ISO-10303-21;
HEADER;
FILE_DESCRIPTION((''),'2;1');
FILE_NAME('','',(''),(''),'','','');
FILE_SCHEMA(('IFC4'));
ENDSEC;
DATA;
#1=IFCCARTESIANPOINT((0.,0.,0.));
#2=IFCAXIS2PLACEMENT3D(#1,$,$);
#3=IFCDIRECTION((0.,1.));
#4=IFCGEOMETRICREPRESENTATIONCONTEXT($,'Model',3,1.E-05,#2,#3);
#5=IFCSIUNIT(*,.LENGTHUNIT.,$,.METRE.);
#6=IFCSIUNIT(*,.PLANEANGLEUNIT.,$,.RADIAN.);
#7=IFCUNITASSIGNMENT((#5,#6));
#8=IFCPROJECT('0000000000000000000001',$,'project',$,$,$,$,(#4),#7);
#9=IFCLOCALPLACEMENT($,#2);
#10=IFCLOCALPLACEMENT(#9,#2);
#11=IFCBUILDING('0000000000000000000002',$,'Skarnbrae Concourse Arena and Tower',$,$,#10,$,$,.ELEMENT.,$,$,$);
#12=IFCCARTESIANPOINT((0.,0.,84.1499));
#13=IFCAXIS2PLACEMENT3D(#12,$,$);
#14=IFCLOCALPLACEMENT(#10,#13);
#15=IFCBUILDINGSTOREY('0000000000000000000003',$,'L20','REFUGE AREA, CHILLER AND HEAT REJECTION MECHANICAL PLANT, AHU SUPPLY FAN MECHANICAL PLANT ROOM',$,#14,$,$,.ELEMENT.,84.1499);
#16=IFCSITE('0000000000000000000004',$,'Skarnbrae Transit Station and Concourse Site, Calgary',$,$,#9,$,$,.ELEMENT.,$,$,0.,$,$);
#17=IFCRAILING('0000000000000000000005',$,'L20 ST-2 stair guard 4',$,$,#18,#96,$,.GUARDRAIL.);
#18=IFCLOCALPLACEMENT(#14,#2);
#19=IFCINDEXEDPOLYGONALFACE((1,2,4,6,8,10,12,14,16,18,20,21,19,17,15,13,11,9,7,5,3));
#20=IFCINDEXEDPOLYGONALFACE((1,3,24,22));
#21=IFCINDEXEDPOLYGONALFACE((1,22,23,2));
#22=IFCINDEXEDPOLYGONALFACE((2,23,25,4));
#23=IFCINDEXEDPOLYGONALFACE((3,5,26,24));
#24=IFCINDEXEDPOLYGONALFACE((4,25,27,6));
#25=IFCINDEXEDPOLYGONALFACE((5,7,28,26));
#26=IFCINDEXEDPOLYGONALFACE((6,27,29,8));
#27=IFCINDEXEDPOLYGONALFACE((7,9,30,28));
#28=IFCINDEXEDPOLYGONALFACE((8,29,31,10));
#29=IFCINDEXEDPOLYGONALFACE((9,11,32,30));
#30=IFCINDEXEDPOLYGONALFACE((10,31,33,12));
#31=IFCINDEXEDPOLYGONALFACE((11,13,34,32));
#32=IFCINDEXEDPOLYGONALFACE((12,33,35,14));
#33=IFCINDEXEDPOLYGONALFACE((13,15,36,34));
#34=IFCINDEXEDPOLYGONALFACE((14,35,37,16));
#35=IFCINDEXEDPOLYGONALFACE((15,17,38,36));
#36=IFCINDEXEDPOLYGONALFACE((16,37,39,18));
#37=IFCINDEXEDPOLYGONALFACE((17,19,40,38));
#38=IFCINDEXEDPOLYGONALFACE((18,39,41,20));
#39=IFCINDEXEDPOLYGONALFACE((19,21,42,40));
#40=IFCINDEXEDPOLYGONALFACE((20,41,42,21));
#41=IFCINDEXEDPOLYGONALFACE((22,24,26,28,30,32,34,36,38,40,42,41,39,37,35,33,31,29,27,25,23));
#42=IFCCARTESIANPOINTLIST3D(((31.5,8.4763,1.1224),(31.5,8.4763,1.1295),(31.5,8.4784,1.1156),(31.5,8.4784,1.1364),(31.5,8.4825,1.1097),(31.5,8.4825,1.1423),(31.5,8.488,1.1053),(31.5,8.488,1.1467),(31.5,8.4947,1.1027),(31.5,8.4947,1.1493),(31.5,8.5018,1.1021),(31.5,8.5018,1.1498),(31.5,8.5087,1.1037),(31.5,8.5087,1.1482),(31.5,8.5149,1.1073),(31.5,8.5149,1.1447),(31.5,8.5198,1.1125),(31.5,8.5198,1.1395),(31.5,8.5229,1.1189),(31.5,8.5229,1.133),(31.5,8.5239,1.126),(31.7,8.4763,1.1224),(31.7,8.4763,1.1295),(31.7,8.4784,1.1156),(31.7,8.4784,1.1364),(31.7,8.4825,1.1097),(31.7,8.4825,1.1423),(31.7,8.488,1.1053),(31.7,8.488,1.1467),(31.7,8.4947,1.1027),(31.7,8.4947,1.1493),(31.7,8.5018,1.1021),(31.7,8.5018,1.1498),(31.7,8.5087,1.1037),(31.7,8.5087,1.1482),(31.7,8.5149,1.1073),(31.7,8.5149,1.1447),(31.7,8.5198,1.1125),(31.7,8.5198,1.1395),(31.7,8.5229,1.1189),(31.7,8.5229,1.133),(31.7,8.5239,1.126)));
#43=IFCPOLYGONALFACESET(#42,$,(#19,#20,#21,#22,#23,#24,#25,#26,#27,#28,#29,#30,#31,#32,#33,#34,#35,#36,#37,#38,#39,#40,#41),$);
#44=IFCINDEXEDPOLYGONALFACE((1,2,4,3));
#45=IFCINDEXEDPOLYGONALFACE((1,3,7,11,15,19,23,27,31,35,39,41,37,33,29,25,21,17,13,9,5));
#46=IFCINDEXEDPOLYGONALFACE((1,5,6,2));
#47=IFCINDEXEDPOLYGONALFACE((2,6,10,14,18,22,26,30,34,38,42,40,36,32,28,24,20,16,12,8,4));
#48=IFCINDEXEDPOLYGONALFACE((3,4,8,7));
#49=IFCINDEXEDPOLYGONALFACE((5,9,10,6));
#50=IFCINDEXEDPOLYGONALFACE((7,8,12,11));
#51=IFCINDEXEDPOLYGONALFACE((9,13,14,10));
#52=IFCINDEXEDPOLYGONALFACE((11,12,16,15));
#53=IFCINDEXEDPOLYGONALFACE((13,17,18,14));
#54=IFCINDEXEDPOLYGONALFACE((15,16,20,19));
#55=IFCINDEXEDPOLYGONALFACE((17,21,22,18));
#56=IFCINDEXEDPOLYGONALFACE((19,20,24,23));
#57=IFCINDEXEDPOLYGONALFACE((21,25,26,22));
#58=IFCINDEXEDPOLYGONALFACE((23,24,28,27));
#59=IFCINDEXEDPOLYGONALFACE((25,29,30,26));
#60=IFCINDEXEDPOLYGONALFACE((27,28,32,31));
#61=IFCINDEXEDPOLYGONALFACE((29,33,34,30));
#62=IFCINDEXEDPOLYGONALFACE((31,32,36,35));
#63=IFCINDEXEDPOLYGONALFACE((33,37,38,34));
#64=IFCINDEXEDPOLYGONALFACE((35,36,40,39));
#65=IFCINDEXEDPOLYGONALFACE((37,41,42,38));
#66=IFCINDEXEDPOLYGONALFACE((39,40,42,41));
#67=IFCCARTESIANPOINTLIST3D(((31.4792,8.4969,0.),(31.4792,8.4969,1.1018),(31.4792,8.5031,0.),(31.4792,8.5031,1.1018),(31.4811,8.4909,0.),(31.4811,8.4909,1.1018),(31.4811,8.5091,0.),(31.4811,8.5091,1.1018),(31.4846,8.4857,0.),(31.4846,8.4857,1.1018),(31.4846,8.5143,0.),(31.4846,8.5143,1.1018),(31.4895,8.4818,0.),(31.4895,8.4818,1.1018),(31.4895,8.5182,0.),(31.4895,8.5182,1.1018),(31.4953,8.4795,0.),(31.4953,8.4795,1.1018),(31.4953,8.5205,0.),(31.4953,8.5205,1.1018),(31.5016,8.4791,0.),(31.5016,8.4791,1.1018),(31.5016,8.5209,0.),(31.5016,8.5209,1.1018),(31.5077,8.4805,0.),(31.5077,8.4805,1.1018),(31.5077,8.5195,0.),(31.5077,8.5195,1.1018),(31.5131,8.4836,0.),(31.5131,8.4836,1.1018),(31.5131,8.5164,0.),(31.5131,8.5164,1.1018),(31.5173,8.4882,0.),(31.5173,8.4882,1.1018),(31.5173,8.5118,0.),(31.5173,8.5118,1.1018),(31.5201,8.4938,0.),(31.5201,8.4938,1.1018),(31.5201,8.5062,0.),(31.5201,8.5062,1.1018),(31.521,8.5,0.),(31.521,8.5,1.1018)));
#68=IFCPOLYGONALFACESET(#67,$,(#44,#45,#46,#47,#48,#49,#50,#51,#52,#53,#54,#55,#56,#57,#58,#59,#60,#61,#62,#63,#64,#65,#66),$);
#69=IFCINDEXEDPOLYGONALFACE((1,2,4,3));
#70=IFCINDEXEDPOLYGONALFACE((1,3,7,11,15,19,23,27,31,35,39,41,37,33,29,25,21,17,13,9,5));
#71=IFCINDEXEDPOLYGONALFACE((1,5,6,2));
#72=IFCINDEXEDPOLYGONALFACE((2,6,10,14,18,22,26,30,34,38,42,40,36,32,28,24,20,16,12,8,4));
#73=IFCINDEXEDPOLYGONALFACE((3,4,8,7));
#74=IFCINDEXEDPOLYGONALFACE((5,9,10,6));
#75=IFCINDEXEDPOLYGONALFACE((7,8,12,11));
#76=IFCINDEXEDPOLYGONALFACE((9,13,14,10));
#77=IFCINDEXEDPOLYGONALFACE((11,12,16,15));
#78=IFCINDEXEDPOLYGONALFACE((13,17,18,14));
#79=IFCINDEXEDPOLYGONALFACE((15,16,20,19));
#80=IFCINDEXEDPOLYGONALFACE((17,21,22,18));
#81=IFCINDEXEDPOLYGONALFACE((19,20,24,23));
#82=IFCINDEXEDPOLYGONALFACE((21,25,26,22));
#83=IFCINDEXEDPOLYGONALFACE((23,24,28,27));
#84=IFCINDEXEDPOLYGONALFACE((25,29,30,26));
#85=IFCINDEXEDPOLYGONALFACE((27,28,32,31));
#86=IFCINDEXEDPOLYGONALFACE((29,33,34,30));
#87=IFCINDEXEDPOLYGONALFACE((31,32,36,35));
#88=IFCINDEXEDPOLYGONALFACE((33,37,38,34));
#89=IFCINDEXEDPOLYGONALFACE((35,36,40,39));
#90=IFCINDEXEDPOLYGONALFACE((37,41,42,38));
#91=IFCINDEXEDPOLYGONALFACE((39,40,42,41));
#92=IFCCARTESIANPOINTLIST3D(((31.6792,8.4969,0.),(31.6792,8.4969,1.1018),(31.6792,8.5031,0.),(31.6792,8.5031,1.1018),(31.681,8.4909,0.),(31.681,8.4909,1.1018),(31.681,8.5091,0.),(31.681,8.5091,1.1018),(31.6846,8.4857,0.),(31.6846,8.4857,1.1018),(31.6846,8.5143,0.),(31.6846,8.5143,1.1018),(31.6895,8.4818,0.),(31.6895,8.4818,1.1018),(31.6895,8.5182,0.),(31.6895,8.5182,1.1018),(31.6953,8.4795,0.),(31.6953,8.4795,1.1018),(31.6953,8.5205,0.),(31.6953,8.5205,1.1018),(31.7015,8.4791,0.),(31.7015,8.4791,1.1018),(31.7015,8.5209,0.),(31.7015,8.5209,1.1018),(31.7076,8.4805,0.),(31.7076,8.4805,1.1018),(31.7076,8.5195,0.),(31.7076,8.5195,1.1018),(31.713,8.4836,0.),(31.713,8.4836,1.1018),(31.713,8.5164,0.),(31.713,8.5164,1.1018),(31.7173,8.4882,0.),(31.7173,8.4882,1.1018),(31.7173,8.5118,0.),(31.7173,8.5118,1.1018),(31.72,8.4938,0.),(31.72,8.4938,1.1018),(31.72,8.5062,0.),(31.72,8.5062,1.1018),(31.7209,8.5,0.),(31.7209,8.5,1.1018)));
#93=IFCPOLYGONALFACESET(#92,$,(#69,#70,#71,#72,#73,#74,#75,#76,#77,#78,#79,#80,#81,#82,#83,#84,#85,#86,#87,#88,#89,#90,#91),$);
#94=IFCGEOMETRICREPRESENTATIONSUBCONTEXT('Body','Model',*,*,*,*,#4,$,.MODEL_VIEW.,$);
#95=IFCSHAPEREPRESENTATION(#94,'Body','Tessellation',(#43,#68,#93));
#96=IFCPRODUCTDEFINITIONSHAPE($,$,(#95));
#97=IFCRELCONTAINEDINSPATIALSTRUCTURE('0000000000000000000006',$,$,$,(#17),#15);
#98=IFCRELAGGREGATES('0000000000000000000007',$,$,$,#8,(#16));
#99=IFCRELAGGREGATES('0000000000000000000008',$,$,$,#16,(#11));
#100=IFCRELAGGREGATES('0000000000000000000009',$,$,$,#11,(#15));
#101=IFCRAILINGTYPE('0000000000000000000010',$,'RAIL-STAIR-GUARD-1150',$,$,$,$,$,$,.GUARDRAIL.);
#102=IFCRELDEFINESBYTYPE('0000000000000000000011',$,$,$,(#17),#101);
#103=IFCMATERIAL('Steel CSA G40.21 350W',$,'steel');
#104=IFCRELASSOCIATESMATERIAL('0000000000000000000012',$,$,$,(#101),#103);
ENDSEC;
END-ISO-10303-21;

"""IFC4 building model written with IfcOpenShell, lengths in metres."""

from ifc_helpers import new_model, si_unit, direction, frame, origin, origin_2d, place, context, subcontext, project, spatial, circle, extrude, material, type_object, element, save


model = new_model("IFC4")

# Units and contexts
model_context = context("Model", 3, precision=1e-05, world=origin(), true_north=direction((0.0, 1.0)))
body_context = subcontext(model_context, "Body", "Model", "MODEL_VIEW")
ifc_project = project(units=[si_unit("LENGTHUNIT", "METRE"), si_unit("PLANEANGLEUNIT", "RADIAN")], contexts=[model_context])

# Site, building, storey
site_placement = place(None, origin())
site = spatial("IfcSite", under=ifc_project, at=site_placement, Name="Skarnbrae Transit Station and Concourse Site, Calgary", CompositionType="ELEMENT", RefElevation=0.0)
building_placement = place(site_placement, origin())
building = spatial("IfcBuilding", under=site, at=building_placement, Name="Skarnbrae Concourse Arena and Tower", CompositionType="ELEMENT")
storey_placement = place(building_placement, frame((0.0, 0.0, 84.1499)))
storey = spatial("IfcBuildingStorey", under=building, at=storey_placement, Name="L20", Description="REFUGE AREA, CHILLER AND HEAT REJECTION MECHANICAL PLANT, AHU SUPPLY FAN MECHANICAL PLANT ROOM", CompositionType="ELEMENT", Elevation=84.1499)

# Shared definitions
ifc_material_1 = material(Name="Steel CSA G40.21 350W", Category="steel")

# Railing
railing_type_1 = type_object("IfcRailingType", Name="RAIL-STAIR-GUARD-1150", PredefinedType="GUARDRAIL", material=ifc_material_1)
railing_1_placement = place(storey_placement, frame((31.5, 8.5, 0.0)))
element("IfcRailing", 1, at=railing_1_placement, inside=storey, type_object=railing_type_1, Name="L20 ST-2 stair guard 4", PredefinedType="GUARDRAIL", context=body_context, shape_type="SweptSolid", body=[
    extrude(circle(Radius=0.0239, at=origin_2d()), frame((0.0, 0.0, 1.126), z_axis=(1.0, 0.0, 0.0), x_axis=(0.0, 1.0, 0.0)), (0.0, 0.0, 1.0), 0.2),
    extrude(circle(Radius=0.021, at=origin_2d()), origin(), (0.0, 0.0, 1.0), 1.1018),
    extrude(circle(Radius=0.021, at=origin_2d()), frame((0.2, 0.0, 0.0)), (0.0, 0.0, 1.0), 1.1018),
])

save(model, "model.ifc")
